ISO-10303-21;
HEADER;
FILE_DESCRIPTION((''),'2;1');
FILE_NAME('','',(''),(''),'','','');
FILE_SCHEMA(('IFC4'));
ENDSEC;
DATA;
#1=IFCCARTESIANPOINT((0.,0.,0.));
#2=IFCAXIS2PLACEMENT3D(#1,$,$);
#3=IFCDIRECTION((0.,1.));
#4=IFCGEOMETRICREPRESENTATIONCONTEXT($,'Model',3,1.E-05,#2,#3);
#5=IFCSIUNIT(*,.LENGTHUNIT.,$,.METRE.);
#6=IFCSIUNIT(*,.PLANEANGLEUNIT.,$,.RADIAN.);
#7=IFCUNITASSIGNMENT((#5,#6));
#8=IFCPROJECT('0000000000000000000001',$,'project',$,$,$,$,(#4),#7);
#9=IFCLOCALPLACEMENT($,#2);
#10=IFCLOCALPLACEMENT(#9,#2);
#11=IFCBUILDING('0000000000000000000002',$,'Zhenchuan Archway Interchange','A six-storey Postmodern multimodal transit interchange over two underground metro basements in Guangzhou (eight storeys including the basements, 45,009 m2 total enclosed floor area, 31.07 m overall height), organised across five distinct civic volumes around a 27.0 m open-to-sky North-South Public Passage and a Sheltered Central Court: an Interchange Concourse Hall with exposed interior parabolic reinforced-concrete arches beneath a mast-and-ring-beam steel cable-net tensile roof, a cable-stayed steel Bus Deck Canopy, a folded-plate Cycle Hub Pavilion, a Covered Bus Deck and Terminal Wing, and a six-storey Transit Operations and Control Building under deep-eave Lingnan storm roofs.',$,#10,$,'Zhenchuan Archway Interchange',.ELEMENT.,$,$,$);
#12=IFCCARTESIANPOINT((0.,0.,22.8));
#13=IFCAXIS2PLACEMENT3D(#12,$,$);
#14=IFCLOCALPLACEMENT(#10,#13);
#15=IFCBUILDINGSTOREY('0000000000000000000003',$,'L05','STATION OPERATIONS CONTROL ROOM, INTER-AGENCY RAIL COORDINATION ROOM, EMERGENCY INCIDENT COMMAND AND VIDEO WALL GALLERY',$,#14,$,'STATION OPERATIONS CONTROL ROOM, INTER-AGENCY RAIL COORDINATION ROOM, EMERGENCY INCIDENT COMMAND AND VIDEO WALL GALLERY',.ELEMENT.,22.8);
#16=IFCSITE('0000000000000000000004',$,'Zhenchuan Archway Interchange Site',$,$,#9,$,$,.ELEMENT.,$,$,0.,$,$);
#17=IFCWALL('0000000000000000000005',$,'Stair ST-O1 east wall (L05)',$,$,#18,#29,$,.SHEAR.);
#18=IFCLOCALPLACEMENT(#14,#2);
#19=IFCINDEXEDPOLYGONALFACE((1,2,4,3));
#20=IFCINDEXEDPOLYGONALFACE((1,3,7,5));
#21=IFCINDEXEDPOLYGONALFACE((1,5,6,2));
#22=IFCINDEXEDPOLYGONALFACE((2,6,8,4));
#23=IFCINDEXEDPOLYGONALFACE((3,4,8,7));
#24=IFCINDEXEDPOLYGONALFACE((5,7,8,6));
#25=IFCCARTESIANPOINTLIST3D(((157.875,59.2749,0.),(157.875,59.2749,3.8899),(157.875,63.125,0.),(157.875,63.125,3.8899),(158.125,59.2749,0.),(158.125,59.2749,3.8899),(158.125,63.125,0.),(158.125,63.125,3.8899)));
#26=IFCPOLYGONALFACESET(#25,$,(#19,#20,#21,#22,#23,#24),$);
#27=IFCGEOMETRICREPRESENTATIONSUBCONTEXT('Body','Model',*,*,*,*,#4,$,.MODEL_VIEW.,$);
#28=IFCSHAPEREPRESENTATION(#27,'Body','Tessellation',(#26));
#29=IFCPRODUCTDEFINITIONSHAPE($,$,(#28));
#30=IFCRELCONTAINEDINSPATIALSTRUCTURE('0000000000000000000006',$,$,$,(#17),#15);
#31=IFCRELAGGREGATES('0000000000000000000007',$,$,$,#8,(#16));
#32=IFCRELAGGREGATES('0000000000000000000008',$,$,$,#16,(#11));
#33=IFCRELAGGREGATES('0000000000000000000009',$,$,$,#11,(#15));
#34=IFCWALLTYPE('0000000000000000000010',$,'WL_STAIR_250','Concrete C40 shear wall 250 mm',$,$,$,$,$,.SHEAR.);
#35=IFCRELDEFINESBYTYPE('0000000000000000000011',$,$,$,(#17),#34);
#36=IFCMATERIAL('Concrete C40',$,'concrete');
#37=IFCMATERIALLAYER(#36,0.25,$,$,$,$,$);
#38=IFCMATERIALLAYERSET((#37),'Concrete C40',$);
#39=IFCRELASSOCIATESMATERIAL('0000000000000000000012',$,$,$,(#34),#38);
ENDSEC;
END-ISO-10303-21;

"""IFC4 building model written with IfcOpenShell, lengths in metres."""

from ifc_helpers import new_model, si_unit, direction, frame, frame_2d, origin, place, context, subcontext, project, spatial, rectangle, extrude, material, layer, layer_set, type_object, element, save


model = new_model("IFC4")

# Units and contexts
model_context = context("Model", 3, precision=1e-05, world=origin(), true_north=direction((0.0, 1.0)))
body_context = subcontext(model_context, "Body", "Model", "MODEL_VIEW")
ifc_project = project(units=[si_unit("LENGTHUNIT", "METRE"), si_unit("PLANEANGLEUNIT", "RADIAN")], contexts=[model_context])

# Site, building, storey
site_placement = place(None, origin())
site = spatial("IfcSite", under=ifc_project, at=site_placement, Name="Zhenchuan Archway Interchange Site", CompositionType="ELEMENT", RefElevation=0.0)
building_placement = place(site_placement, origin())
building = spatial("IfcBuilding", under=site, at=building_placement, Name="Zhenchuan Archway Interchange", Description="A six-storey Postmodern multimodal transit interchange over two underground metro basements in Guangzhou (eight storeys including the basements, 45,009 m2 total enclosed floor area, 31.07 m overall height), organised across five distinct civic volumes around a 27.0 m open-to-sky North-South Public Passage and a Sheltered Central Court: an Interchange Concourse Hall with exposed interior parabolic reinforced-concrete arches beneath a mast-and-ring-beam steel cable-net tensile roof, a cable-stayed steel Bus Deck Canopy, a folded-plate Cycle Hub Pavilion, a Covered Bus Deck and Terminal Wing, and a six-storey Transit Operations and Control Building under deep-eave Lingnan storm roofs.", LongName="Zhenchuan Archway Interchange", CompositionType="ELEMENT")
storey_placement = place(building_placement, frame((0.0, 0.0, 22.8)))
storey = spatial("IfcBuildingStorey", under=building, at=storey_placement, Name="L05", Description="STATION OPERATIONS CONTROL ROOM, INTER-AGENCY RAIL COORDINATION ROOM, EMERGENCY INCIDENT COMMAND AND VIDEO WALL GALLERY", LongName="STATION OPERATIONS CONTROL ROOM, INTER-AGENCY RAIL COORDINATION ROOM, EMERGENCY INCIDENT COMMAND AND VIDEO WALL GALLERY", CompositionType="ELEMENT", Elevation=22.8)

# Shared definitions
ifc_material_1 = material(Name="Concrete C40", Category="concrete")

# Wall
ifc_layer_1 = layer(ifc_material_1, 0.25)
ifc_layer_set_1 = layer_set([ifc_layer_1], Name="Concrete C40")
wall_type_1 = type_object("IfcWallType", Name="WL_STAIR_250", Description="Concrete C40 shear wall 250 mm", PredefinedType="SHEAR", material=ifc_layer_set_1)
wall_1_placement = place(storey_placement, frame((158.0, 59.2749, 0.0), z_axis=(0.0, 0.0, 1.0), x_axis=(0.0, 1.0, 0.0)))
element("IfcWall", 1, at=wall_1_placement, inside=storey, type_object=wall_type_1, Name="Stair ST-O1 east wall (L05)", PredefinedType="SHEAR", context=body_context, shape_type="SweptSolid", body=[
    extrude(rectangle(XDim=3.8501, YDim=0.25, at=frame_2d((1.925, 0.0))), origin(), (0.0, 0.0, 1.0), 3.8899),
])

save(model, "model.ifc")
